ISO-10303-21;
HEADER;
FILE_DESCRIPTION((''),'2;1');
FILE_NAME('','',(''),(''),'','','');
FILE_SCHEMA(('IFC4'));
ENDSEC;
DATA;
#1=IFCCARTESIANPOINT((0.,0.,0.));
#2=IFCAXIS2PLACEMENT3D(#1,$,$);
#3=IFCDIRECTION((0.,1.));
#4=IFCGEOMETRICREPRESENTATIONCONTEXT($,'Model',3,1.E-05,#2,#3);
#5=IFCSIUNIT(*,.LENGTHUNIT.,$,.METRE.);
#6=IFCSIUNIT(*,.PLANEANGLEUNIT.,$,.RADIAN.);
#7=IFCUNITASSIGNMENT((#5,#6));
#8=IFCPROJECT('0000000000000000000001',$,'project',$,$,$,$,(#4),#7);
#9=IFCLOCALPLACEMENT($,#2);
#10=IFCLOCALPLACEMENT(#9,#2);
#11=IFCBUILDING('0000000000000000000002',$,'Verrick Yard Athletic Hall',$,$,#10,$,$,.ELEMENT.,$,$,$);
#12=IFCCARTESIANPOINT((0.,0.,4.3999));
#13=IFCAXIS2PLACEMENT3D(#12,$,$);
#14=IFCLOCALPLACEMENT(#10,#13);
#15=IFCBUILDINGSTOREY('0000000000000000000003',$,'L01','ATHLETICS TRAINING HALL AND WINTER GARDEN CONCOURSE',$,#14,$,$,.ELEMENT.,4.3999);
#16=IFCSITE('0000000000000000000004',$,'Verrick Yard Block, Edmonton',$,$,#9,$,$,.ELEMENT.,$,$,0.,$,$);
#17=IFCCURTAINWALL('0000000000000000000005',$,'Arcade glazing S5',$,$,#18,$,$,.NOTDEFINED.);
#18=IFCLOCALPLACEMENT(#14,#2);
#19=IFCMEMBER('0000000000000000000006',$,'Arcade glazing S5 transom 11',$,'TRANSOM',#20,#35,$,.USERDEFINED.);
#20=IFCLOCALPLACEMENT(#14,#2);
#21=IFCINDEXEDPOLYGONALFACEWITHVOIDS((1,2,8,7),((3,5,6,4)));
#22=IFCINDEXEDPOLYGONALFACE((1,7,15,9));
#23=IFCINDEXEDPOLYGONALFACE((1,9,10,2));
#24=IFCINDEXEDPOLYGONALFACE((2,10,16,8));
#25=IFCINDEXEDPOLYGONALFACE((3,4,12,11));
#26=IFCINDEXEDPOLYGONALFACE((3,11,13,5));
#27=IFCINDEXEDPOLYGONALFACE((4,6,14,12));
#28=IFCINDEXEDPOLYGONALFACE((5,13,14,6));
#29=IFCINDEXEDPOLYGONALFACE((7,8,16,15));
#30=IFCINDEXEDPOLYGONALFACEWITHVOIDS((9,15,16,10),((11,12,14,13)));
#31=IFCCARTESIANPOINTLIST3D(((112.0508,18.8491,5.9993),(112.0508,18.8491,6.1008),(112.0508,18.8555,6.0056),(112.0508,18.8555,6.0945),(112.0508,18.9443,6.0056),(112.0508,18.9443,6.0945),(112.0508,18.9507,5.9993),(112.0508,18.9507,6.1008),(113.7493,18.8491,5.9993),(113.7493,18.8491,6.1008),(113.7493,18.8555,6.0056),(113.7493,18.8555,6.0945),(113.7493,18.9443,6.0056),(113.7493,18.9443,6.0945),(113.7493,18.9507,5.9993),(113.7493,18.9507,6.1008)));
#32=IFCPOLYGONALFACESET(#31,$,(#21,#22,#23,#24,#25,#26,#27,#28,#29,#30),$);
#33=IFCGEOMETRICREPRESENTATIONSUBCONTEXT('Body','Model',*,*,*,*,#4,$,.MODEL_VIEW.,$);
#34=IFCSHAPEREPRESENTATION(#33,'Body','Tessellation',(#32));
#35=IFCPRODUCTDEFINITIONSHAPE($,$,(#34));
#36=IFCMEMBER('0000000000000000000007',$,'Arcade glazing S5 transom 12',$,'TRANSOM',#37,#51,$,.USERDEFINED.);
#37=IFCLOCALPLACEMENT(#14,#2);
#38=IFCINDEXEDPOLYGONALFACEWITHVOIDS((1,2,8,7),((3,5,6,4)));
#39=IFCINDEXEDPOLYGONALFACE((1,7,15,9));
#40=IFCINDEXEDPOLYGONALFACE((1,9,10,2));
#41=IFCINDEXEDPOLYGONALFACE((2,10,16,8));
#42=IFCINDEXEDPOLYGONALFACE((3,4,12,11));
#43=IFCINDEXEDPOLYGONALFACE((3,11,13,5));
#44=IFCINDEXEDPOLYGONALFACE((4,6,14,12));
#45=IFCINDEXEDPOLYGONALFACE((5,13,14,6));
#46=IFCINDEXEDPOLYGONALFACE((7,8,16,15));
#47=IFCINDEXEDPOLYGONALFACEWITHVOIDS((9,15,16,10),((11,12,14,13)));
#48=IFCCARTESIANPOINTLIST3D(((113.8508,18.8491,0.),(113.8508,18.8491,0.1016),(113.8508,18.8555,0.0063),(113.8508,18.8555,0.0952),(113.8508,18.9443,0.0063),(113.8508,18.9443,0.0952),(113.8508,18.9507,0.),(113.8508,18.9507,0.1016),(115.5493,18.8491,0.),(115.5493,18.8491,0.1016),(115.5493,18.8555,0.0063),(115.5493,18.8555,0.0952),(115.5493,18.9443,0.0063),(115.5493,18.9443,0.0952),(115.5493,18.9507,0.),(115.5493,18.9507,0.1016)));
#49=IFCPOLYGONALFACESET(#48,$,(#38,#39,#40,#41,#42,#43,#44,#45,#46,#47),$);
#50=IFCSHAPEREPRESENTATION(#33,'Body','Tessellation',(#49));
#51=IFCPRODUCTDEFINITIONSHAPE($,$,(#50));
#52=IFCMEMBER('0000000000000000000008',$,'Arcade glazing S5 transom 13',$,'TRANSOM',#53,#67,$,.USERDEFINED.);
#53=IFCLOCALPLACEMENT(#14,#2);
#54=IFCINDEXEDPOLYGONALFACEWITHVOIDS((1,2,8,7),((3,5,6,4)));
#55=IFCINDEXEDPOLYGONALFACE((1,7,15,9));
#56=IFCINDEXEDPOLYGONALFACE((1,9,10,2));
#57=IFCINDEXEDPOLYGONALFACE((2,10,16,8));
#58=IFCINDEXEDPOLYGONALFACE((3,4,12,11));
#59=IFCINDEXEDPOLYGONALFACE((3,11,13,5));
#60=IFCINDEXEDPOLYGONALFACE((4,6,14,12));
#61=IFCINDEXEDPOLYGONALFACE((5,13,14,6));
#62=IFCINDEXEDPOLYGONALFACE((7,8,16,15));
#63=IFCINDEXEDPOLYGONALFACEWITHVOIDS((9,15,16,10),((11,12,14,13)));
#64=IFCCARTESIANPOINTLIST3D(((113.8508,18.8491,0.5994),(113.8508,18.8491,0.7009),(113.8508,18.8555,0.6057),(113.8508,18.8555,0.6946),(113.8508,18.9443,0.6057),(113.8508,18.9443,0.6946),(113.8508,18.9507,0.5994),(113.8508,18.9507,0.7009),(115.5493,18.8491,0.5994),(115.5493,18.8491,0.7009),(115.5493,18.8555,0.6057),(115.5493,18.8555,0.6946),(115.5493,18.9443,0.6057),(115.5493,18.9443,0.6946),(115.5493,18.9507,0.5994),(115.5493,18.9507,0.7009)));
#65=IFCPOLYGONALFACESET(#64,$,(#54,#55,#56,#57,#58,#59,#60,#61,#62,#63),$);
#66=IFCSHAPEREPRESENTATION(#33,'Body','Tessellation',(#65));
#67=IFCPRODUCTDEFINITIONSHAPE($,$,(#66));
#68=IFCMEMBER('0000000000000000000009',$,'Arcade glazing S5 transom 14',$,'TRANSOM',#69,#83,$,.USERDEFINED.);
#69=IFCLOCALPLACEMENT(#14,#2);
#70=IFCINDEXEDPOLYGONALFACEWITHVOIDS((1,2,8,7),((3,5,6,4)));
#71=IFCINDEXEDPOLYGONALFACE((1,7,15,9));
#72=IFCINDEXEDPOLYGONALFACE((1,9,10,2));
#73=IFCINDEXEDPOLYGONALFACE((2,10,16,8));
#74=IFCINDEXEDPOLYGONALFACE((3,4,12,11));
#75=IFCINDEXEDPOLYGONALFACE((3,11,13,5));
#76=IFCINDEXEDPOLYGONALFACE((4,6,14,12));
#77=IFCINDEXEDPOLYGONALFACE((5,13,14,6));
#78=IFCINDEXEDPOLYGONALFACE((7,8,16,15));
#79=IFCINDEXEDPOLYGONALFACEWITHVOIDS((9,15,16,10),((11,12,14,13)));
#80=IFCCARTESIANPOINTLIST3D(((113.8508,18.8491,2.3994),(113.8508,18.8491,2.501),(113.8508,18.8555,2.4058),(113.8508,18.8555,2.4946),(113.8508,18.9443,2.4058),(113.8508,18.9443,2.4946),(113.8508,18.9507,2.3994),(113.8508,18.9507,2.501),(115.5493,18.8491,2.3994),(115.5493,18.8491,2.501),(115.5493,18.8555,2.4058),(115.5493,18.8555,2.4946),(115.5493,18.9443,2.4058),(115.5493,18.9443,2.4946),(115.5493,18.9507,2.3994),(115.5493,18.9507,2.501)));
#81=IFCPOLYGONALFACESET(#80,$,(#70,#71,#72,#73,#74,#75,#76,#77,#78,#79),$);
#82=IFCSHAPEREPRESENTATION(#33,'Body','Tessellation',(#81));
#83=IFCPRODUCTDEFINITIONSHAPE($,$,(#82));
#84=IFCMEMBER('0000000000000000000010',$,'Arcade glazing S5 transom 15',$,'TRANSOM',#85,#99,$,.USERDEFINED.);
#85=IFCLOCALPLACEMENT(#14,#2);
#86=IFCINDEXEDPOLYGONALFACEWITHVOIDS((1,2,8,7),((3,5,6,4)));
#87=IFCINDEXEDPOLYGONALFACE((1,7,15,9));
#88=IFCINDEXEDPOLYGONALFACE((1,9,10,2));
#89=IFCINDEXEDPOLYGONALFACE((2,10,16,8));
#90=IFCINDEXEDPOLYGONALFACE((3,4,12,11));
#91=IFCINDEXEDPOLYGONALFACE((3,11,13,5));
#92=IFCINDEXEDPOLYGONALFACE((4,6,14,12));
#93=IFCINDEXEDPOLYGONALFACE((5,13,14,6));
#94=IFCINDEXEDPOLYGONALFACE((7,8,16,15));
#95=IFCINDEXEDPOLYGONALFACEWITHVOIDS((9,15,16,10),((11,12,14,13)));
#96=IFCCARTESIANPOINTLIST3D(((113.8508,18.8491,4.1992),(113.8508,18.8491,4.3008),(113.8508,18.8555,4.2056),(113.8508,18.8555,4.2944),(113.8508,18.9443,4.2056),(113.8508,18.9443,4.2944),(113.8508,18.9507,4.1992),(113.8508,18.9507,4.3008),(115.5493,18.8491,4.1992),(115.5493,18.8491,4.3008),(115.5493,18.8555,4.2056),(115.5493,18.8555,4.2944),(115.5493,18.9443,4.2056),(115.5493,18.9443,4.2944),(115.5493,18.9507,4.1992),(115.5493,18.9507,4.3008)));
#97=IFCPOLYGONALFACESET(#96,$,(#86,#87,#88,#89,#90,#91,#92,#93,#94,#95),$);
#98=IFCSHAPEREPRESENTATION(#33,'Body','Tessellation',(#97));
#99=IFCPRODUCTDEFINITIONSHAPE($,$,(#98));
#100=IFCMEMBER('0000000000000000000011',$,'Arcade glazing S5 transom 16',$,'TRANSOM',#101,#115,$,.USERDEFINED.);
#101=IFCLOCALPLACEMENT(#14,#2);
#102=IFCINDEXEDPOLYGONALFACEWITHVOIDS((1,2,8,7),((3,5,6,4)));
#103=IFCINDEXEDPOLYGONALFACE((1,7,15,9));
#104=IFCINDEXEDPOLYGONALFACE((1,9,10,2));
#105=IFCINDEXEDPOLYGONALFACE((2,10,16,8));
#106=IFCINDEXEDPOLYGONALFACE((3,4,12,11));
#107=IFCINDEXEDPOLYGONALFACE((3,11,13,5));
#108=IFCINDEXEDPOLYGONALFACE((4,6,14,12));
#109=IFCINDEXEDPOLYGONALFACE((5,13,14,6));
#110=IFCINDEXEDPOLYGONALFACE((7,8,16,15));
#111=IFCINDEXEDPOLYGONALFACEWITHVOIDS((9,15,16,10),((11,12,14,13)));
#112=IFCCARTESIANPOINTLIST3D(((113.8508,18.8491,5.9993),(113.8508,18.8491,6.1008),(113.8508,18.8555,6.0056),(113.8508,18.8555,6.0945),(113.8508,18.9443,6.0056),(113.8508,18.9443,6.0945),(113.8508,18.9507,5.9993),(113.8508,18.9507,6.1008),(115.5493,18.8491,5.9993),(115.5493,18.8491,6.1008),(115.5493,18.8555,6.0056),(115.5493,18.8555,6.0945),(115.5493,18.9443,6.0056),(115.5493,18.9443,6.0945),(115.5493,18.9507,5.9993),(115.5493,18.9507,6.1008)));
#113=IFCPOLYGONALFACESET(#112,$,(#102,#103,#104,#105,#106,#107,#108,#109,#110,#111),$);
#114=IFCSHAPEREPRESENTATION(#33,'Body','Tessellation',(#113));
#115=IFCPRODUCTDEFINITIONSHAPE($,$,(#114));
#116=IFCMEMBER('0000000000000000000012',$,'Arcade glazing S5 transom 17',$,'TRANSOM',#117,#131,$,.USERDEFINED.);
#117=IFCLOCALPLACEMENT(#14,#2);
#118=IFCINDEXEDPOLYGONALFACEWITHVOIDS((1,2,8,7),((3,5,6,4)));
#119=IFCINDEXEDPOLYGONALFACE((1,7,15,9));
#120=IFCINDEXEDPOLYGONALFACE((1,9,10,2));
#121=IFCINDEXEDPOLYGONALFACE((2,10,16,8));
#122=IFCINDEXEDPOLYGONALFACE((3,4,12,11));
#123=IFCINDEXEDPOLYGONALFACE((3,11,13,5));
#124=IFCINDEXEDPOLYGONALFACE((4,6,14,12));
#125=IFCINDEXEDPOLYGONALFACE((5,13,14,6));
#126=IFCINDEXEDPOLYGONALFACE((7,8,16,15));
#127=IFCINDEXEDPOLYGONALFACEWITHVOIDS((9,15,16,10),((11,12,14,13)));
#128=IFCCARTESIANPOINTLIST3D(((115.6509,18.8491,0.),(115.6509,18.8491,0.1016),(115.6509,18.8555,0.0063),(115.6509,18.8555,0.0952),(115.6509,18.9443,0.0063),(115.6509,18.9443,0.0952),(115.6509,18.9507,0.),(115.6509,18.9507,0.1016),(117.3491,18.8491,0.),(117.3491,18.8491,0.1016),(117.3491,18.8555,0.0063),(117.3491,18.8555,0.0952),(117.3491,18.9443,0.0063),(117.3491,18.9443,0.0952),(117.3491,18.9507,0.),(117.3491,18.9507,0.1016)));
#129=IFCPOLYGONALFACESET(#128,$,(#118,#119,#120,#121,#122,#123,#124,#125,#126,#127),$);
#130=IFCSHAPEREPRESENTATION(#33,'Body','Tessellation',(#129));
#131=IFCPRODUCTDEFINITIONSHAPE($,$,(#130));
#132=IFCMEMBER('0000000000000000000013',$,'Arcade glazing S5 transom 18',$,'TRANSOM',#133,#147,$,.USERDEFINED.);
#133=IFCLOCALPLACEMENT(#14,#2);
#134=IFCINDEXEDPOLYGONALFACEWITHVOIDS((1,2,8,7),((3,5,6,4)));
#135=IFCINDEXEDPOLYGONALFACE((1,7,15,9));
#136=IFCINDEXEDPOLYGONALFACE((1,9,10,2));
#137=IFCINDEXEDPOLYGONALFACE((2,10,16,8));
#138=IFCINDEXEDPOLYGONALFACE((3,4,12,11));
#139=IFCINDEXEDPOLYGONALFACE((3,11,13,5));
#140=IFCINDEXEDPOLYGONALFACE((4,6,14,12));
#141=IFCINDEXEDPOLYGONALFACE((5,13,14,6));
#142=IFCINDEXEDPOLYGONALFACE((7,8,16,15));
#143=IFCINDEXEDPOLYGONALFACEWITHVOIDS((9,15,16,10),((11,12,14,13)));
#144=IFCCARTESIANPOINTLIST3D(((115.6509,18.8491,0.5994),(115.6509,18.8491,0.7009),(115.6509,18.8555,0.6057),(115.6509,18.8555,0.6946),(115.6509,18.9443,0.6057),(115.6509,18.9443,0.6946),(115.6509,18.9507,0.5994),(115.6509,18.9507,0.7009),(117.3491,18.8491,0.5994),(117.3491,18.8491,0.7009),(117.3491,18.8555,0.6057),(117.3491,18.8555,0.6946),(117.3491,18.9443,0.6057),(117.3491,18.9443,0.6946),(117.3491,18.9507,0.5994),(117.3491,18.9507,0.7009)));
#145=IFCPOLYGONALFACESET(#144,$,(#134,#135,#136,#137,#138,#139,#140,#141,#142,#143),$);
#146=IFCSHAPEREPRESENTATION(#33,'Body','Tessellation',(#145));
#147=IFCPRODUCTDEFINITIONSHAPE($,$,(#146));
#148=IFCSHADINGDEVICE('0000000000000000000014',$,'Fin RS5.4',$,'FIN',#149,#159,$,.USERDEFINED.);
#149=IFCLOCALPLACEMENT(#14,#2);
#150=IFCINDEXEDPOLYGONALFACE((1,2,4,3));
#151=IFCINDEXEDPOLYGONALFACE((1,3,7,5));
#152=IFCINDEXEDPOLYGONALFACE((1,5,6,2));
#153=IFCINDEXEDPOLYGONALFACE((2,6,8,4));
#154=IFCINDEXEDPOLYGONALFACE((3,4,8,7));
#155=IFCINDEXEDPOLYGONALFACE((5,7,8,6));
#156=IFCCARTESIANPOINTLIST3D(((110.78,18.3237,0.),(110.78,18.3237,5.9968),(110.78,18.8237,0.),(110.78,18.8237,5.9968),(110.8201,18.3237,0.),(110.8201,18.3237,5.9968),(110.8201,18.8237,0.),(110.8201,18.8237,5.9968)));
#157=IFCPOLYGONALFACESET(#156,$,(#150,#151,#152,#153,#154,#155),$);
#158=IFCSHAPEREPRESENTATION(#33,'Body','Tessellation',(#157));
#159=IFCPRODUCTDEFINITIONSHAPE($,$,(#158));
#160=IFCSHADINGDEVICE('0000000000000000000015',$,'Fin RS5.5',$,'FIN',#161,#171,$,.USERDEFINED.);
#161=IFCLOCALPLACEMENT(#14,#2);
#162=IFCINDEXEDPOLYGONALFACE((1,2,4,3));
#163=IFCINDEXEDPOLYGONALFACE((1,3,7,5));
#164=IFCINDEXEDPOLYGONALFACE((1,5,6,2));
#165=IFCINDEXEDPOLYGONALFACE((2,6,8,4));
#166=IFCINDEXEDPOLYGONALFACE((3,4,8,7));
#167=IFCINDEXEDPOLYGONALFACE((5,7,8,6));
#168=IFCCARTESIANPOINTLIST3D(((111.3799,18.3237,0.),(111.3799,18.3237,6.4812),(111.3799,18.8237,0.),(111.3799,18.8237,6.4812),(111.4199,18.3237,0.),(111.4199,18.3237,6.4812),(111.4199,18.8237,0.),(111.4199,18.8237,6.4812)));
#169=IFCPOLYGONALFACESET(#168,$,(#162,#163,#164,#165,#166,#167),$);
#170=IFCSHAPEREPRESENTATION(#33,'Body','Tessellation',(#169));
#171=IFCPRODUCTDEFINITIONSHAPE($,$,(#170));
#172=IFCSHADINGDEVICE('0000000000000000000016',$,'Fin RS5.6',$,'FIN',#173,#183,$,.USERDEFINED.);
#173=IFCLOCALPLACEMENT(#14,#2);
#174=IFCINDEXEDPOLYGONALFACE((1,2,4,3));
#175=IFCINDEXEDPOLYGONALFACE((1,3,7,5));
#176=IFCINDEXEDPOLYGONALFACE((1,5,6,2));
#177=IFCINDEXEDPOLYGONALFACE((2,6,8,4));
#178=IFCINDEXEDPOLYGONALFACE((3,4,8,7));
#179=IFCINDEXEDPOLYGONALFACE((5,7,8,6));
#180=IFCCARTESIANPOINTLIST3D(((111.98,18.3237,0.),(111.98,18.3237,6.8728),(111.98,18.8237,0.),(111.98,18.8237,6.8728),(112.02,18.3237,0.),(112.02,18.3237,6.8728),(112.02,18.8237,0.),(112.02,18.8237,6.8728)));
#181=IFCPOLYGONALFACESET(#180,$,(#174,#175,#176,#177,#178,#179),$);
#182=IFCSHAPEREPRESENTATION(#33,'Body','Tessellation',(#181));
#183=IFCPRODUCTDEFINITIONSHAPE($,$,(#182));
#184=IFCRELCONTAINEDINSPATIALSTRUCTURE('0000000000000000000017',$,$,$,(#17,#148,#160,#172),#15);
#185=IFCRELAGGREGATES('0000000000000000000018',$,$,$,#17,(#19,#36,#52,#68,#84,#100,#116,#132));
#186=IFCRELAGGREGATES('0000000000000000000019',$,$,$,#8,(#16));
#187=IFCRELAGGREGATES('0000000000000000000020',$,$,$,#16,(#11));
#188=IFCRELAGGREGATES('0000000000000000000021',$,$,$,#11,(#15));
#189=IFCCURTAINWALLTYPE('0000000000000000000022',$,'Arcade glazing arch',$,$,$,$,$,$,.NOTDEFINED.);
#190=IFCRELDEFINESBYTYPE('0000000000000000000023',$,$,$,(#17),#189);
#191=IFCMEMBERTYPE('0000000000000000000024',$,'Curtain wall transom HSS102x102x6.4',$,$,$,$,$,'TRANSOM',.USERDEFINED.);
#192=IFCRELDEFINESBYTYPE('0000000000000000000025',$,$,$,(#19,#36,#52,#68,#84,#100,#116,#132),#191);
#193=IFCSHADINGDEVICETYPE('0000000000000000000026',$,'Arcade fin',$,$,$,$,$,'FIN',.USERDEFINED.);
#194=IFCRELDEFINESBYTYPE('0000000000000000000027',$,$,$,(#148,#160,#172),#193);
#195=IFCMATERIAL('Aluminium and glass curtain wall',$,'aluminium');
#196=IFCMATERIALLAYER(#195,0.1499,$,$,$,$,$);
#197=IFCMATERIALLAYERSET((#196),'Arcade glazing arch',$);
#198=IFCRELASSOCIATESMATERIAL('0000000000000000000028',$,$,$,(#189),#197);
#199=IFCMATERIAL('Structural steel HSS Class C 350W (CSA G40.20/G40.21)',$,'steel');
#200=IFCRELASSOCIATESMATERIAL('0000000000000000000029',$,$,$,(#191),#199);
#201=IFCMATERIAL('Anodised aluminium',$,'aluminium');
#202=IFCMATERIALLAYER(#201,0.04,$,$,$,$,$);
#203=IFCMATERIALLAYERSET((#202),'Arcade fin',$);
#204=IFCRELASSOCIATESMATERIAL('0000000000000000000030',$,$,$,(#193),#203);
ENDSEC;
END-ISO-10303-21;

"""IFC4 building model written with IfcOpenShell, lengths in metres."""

from ifc_helpers import new_model, si_unit, direction, frame, origin, origin_2d, place, context, subcontext, project, spatial, polyline, hollow_rectangle, outline, extrude, material, layer, layer_set, material_profile, profile_set, type_object, element, aggregate, save


model = new_model("IFC4")

# Units and contexts
model_context = context("Model", 3, precision=1e-05, world=origin(), true_north=direction((0.0, 1.0)))
body_context = subcontext(model_context, "Body", "Model", "MODEL_VIEW")
ifc_project = project(units=[si_unit("LENGTHUNIT", "METRE"), si_unit("PLANEANGLEUNIT", "RADIAN")], contexts=[model_context])

# Site, building, storey
site_placement = place(None, origin())
site = spatial("IfcSite", under=ifc_project, at=site_placement, Name="Verrick Yard Block, Edmonton", CompositionType="ELEMENT", RefElevation=0.0)
building_placement = place(site_placement, origin())
building = spatial("IfcBuilding", under=site, at=building_placement, Name="Verrick Yard Athletic Hall", CompositionType="ELEMENT")
storey_placement = place(building_placement, frame((0.0, 0.0, 4.3999)))
storey = spatial("IfcBuildingStorey", under=building, at=storey_placement, Name="L01", Description="ATHLETICS TRAINING HALL AND WINTER GARDEN CONCOURSE", CompositionType="ELEMENT", Elevation=4.3999)

# Curtain wall, members
ifc_material_1 = material(Name="Aluminium and glass curtain wall", Category="aluminium")
ifc_layer_1 = layer(ifc_material_1, 0.1499)
ifc_layer_set_1 = layer_set([ifc_layer_1], Name="Arcade glazing arch")
curtain_wall_type = type_object("IfcCurtainWallType", Name="Arcade glazing arch", PredefinedType="NOTDEFINED", material=ifc_layer_set_1)
curtain_wall_placement = place(storey_placement, origin())
curtain_wall = element("IfcCurtainWall", 1, at=curtain_wall_placement, inside=storey, type_object=curtain_wall_type, Name="Arcade glazing S5", PredefinedType="NOTDEFINED")
ifc_material_2 = material(Name="Structural steel HSS Class C 350W (CSA G40.20/G40.21)", Category="steel")
ifc_material_profile_1 = material_profile(ifc_material_2, hollow_rectangle(XDim=0.1016, YDim=0.1016, WallThickness=0.0063, at=origin_2d()), Name="HSS102x102x6.4")
ifc_profile_set_1 = profile_set([ifc_material_profile_1], Name="Structural steel HSS Class C 350W (CSA G40.20/G40.21)")
member_type_1 = type_object("IfcMemberType", Name="Curtain wall transom HSS102x102x6.4", ElementType="TRANSOM", PredefinedType="USERDEFINED", material=ifc_profile_set_1)
member_1_placement = place(storey_placement, frame((112.0508, 18.8999, 6.05), z_axis=(1.0, 0.0, 0.0), x_axis=(0.0, 1.0, 0.0)))
member_1 = element("IfcMember", 2, at=member_1_placement, type_object=member_type_1, Name="Arcade glazing S5 transom 11", ObjectType="TRANSOM", PredefinedType="USERDEFINED", context=body_context, shape_type="SweptSolid", body=[
    extrude(hollow_rectangle(XDim=0.1016, YDim=0.1016, WallThickness=0.0063, at=origin_2d()), origin(), (0.0, 0.0, 1.0), 1.6985),
])
member_2_placement = place(storey_placement, frame((113.8508, 18.8999, 0.0508), z_axis=(1.0, 0.0, 0.0), x_axis=(0.0, 1.0, 0.0)))
member_2 = element("IfcMember", 3, at=member_2_placement, type_object=member_type_1, Name="Arcade glazing S5 transom 12", ObjectType="TRANSOM", PredefinedType="USERDEFINED", context=body_context, shape_type="SweptSolid", body=[
    extrude(hollow_rectangle(XDim=0.1016, YDim=0.1016, WallThickness=0.0063, at=origin_2d()), origin(), (0.0, 0.0, 1.0), 1.6985),
])
member_3_placement = place(storey_placement, frame((113.8508, 18.8999, 0.6501), z_axis=(1.0, 0.0, 0.0), x_axis=(0.0, 1.0, 0.0)))
member_3 = element("IfcMember", 4, at=member_3_placement, type_object=member_type_1, Name="Arcade glazing S5 transom 13", ObjectType="TRANSOM", PredefinedType="USERDEFINED", context=body_context, shape_type="SweptSolid", body=[
    extrude(hollow_rectangle(XDim=0.1016, YDim=0.1016, WallThickness=0.0063, at=origin_2d()), origin(), (0.0, 0.0, 1.0), 1.6985),
])
member_4_placement = place(storey_placement, frame((113.8508, 18.8999, 2.4502), z_axis=(1.0, 0.0, 0.0), x_axis=(0.0, 1.0, 0.0)))
member_4 = element("IfcMember", 5, at=member_4_placement, type_object=member_type_1, Name="Arcade glazing S5 transom 14", ObjectType="TRANSOM", PredefinedType="USERDEFINED", context=body_context, shape_type="SweptSolid", body=[
    extrude(hollow_rectangle(XDim=0.1016, YDim=0.1016, WallThickness=0.0063, at=origin_2d()), origin(), (0.0, 0.0, 1.0), 1.6985),
])
member_5_placement = place(storey_placement, frame((113.8508, 18.8999, 4.25), z_axis=(1.0, 0.0, 0.0), x_axis=(0.0, 1.0, 0.0)))
member_5 = element("IfcMember", 6, at=member_5_placement, type_object=member_type_1, Name="Arcade glazing S5 transom 15", ObjectType="TRANSOM", PredefinedType="USERDEFINED", context=body_context, shape_type="SweptSolid", body=[
    extrude(hollow_rectangle(XDim=0.1016, YDim=0.1016, WallThickness=0.0063, at=origin_2d()), origin(), (0.0, 0.0, 1.0), 1.6985),
])
member_6_placement = place(storey_placement, frame((113.8508, 18.8999, 6.05), z_axis=(1.0, 0.0, 0.0), x_axis=(0.0, 1.0, 0.0)))
member_6 = element("IfcMember", 7, at=member_6_placement, type_object=member_type_1, Name="Arcade glazing S5 transom 16", ObjectType="TRANSOM", PredefinedType="USERDEFINED", context=body_context, shape_type="SweptSolid", body=[
    extrude(hollow_rectangle(XDim=0.1016, YDim=0.1016, WallThickness=0.0063, at=origin_2d()), origin(), (0.0, 0.0, 1.0), 1.6985),
])
member_7_placement = place(storey_placement, frame((115.6509, 18.8999, 0.0508), z_axis=(1.0, 0.0, 0.0), x_axis=(0.0, 1.0, 0.0)))
member_7 = element("IfcMember", 8, at=member_7_placement, type_object=member_type_1, Name="Arcade glazing S5 transom 17", ObjectType="TRANSOM", PredefinedType="USERDEFINED", context=body_context, shape_type="SweptSolid", body=[
    extrude(hollow_rectangle(XDim=0.1016, YDim=0.1016, WallThickness=0.0063, at=origin_2d()), origin(), (0.0, 0.0, 1.0), 1.6982),
])
member_8_placement = place(storey_placement, frame((115.6509, 18.8999, 0.6501), z_axis=(1.0, 0.0, 0.0), x_axis=(0.0, 1.0, 0.0)))
member_8 = element("IfcMember", 9, at=member_8_placement, type_object=member_type_1, Name="Arcade glazing S5 transom 18", ObjectType="TRANSOM", PredefinedType="USERDEFINED", context=body_context, shape_type="SweptSolid", body=[
    extrude(hollow_rectangle(XDim=0.1016, YDim=0.1016, WallThickness=0.0063, at=origin_2d()), origin(), (0.0, 0.0, 1.0), 1.6982),
])
aggregate(curtain_wall, [member_1, member_2, member_3, member_4, member_5, member_6, member_7, member_8])

# Shading devices
ifc_material_3 = material(Name="Anodised aluminium", Category="aluminium")
ifc_layer_2 = layer(ifc_material_3, 0.04)
ifc_layer_set_2 = layer_set([ifc_layer_2], Name="Arcade fin")
shading_device_type = type_object("IfcShadingDeviceType", Name="Arcade fin", ElementType="FIN", PredefinedType="USERDEFINED", material=ifc_layer_set_2)
shading_device_1_placement = place(storey_placement, frame((110.8, 18.8237, 0.0), z_axis=(0.0, 0.0, 1.0), x_axis=(0.0, -1.0, 0.0)))
element("IfcShadingDevice", 10, at=shading_device_1_placement, inside=storey, type_object=shading_device_type, Name="Fin RS5.4", ObjectType="FIN", PredefinedType="USERDEFINED", context=body_context, shape_type="SweptSolid", body=[
    extrude(outline(polyline([(0.0, 0.0), (0.5, 0.0), (0.5, 5.9968), (0.0, 5.9968), (0.0, 0.0)])), frame((0.0, 0.02, 0.0), z_axis=(0.0, -1.0, 0.0), x_axis=(1.0, 0.0, 0.0)), (0.0, 0.0, 1.0), 0.04),
])
shading_device_2_placement = place(storey_placement, frame((111.3999, 18.8237, 0.0), z_axis=(0.0, 0.0, 1.0), x_axis=(0.0, -1.0, 0.0)))
element("IfcShadingDevice", 11, at=shading_device_2_placement, inside=storey, type_object=shading_device_type, Name="Fin RS5.5", ObjectType="FIN", PredefinedType="USERDEFINED", context=body_context, shape_type="SweptSolid", body=[
    extrude(outline(polyline([(0.0, 0.0), (0.5, 0.0), (0.5, 6.4812), (0.0, 6.4812), (0.0, 0.0)])), frame((0.0, 0.02, 0.0), z_axis=(0.0, -1.0, 0.0), x_axis=(1.0, 0.0, 0.0)), (0.0, 0.0, 1.0), 0.04),
])
shading_device_3_placement = place(storey_placement, frame((112.0, 18.8237, 0.0), z_axis=(0.0, 0.0, 1.0), x_axis=(0.0, -1.0, 0.0)))
element("IfcShadingDevice", 12, at=shading_device_3_placement, inside=storey, type_object=shading_device_type, Name="Fin RS5.6", ObjectType="FIN", PredefinedType="USERDEFINED", context=body_context, shape_type="SweptSolid", body=[
    extrude(outline(polyline([(0.0, 0.0), (0.5, 0.0), (0.5, 6.8728), (0.0, 6.8728), (0.0, 0.0)])), frame((0.0, 0.02, 0.0), z_axis=(0.0, -1.0, 0.0), x_axis=(1.0, 0.0, 0.0)), (0.0, 0.0, 1.0), 0.04),
])

save(model, "model.ifc")
